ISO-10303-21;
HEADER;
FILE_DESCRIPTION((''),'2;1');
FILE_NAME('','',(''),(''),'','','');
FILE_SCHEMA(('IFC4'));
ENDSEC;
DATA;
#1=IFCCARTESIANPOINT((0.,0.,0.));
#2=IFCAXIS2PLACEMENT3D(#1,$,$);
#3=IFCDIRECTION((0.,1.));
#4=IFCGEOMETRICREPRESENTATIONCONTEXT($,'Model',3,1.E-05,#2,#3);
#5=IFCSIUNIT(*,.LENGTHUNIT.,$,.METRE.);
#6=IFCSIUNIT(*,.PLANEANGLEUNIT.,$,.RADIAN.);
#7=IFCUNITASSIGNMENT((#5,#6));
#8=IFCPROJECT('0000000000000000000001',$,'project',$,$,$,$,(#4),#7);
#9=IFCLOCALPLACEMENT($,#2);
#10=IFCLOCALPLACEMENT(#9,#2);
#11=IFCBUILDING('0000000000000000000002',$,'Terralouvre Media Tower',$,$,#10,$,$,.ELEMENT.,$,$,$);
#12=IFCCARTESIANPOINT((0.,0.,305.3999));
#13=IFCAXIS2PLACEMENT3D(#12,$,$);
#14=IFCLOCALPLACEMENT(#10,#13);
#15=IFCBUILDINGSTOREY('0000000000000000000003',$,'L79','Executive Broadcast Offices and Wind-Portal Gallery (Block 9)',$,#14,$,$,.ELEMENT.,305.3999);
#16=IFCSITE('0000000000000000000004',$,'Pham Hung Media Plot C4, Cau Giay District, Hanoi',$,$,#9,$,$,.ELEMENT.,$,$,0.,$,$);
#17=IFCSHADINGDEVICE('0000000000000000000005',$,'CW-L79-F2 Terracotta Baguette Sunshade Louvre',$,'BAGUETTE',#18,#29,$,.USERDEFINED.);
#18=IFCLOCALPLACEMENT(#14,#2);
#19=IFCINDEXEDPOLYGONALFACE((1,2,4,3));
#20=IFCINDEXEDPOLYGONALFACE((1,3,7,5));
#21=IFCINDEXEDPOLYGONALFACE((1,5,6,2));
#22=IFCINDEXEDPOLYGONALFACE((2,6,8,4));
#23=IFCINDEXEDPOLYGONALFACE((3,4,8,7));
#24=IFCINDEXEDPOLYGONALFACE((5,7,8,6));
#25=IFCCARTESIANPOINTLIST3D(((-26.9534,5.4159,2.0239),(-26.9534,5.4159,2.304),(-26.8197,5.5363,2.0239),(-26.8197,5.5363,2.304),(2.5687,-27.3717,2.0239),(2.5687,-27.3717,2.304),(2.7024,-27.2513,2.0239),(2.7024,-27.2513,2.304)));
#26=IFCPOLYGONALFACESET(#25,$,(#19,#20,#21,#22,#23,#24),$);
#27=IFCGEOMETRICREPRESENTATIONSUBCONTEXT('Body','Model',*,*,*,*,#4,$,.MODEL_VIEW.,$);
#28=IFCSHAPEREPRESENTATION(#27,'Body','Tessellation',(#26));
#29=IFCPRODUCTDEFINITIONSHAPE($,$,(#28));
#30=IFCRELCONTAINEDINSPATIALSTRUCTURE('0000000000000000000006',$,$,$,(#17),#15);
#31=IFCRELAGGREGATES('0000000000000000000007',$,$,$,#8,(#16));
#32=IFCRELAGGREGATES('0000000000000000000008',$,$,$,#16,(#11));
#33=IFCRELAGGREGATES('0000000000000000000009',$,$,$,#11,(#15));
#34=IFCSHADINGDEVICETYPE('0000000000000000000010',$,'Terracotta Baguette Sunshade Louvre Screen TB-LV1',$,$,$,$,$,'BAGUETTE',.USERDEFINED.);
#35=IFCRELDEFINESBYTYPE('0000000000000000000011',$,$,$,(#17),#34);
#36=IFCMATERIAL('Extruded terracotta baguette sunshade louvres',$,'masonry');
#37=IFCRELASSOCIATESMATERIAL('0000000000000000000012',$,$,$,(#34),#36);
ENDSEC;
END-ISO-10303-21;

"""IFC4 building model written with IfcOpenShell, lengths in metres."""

from ifc_helpers import new_model, si_unit, direction, frame, origin, origin_2d, place, context, subcontext, project, spatial, rectangle, extrude, material, type_object, element, save


model = new_model("IFC4")

# Units and contexts
model_context = context("Model", 3, precision=1e-05, world=origin(), true_north=direction((0.0, 1.0)))
body_context = subcontext(model_context, "Body", "Model", "MODEL_VIEW")
ifc_project = project(units=[si_unit("LENGTHUNIT", "METRE"), si_unit("PLANEANGLEUNIT", "RADIAN")], contexts=[model_context])

# Site, building, storey
site_placement = place(None, origin())
site = spatial("IfcSite", under=ifc_project, at=site_placement, Name="Pham Hung Media Plot C4, Cau Giay District, Hanoi", CompositionType="ELEMENT", RefElevation=0.0)
building_placement = place(site_placement, origin())
building = spatial("IfcBuilding", under=site, at=building_placement, Name="Terralouvre Media Tower", CompositionType="ELEMENT")
storey_placement = place(building_placement, frame((0.0, 0.0, 305.3999)))
storey = spatial("IfcBuildingStorey", under=building, at=storey_placement, Name="L79", Description="Executive Broadcast Offices and Wind-Portal Gallery (Block 9)", CompositionType="ELEMENT", Elevation=305.3999)

# Shading device
ifc_material_1 = material(Name="Extruded terracotta baguette sunshade louvres", Category="masonry")
shading_device_type = type_object("IfcShadingDeviceType", Name="Terracotta Baguette Sunshade Louvre Screen TB-LV1", ElementType="BAGUETTE", PredefinedType="USERDEFINED", material=ifc_material_1)
shading_device_placement = place(storey_placement, frame((-12.1255, -10.9177, 2.0239), z_axis=(0.0, 0.0, 1.0), x_axis=(0.669131, -0.743145, 0.0)))
element("IfcShadingDevice", 1, at=shading_device_placement, inside=storey, type_object=shading_device_type, Name="CW-L79-F2 Terracotta Baguette Sunshade Louvre", ObjectType="BAGUETTE", PredefinedType="USERDEFINED", context=body_context, shape_type="SweptSolid", body=[
    extrude(rectangle(XDim=44.1201, YDim=0.1799, at=origin_2d()), origin(), (0.0, 0.0, 1.0), 0.28),
])

save(model, "model.ifc")
